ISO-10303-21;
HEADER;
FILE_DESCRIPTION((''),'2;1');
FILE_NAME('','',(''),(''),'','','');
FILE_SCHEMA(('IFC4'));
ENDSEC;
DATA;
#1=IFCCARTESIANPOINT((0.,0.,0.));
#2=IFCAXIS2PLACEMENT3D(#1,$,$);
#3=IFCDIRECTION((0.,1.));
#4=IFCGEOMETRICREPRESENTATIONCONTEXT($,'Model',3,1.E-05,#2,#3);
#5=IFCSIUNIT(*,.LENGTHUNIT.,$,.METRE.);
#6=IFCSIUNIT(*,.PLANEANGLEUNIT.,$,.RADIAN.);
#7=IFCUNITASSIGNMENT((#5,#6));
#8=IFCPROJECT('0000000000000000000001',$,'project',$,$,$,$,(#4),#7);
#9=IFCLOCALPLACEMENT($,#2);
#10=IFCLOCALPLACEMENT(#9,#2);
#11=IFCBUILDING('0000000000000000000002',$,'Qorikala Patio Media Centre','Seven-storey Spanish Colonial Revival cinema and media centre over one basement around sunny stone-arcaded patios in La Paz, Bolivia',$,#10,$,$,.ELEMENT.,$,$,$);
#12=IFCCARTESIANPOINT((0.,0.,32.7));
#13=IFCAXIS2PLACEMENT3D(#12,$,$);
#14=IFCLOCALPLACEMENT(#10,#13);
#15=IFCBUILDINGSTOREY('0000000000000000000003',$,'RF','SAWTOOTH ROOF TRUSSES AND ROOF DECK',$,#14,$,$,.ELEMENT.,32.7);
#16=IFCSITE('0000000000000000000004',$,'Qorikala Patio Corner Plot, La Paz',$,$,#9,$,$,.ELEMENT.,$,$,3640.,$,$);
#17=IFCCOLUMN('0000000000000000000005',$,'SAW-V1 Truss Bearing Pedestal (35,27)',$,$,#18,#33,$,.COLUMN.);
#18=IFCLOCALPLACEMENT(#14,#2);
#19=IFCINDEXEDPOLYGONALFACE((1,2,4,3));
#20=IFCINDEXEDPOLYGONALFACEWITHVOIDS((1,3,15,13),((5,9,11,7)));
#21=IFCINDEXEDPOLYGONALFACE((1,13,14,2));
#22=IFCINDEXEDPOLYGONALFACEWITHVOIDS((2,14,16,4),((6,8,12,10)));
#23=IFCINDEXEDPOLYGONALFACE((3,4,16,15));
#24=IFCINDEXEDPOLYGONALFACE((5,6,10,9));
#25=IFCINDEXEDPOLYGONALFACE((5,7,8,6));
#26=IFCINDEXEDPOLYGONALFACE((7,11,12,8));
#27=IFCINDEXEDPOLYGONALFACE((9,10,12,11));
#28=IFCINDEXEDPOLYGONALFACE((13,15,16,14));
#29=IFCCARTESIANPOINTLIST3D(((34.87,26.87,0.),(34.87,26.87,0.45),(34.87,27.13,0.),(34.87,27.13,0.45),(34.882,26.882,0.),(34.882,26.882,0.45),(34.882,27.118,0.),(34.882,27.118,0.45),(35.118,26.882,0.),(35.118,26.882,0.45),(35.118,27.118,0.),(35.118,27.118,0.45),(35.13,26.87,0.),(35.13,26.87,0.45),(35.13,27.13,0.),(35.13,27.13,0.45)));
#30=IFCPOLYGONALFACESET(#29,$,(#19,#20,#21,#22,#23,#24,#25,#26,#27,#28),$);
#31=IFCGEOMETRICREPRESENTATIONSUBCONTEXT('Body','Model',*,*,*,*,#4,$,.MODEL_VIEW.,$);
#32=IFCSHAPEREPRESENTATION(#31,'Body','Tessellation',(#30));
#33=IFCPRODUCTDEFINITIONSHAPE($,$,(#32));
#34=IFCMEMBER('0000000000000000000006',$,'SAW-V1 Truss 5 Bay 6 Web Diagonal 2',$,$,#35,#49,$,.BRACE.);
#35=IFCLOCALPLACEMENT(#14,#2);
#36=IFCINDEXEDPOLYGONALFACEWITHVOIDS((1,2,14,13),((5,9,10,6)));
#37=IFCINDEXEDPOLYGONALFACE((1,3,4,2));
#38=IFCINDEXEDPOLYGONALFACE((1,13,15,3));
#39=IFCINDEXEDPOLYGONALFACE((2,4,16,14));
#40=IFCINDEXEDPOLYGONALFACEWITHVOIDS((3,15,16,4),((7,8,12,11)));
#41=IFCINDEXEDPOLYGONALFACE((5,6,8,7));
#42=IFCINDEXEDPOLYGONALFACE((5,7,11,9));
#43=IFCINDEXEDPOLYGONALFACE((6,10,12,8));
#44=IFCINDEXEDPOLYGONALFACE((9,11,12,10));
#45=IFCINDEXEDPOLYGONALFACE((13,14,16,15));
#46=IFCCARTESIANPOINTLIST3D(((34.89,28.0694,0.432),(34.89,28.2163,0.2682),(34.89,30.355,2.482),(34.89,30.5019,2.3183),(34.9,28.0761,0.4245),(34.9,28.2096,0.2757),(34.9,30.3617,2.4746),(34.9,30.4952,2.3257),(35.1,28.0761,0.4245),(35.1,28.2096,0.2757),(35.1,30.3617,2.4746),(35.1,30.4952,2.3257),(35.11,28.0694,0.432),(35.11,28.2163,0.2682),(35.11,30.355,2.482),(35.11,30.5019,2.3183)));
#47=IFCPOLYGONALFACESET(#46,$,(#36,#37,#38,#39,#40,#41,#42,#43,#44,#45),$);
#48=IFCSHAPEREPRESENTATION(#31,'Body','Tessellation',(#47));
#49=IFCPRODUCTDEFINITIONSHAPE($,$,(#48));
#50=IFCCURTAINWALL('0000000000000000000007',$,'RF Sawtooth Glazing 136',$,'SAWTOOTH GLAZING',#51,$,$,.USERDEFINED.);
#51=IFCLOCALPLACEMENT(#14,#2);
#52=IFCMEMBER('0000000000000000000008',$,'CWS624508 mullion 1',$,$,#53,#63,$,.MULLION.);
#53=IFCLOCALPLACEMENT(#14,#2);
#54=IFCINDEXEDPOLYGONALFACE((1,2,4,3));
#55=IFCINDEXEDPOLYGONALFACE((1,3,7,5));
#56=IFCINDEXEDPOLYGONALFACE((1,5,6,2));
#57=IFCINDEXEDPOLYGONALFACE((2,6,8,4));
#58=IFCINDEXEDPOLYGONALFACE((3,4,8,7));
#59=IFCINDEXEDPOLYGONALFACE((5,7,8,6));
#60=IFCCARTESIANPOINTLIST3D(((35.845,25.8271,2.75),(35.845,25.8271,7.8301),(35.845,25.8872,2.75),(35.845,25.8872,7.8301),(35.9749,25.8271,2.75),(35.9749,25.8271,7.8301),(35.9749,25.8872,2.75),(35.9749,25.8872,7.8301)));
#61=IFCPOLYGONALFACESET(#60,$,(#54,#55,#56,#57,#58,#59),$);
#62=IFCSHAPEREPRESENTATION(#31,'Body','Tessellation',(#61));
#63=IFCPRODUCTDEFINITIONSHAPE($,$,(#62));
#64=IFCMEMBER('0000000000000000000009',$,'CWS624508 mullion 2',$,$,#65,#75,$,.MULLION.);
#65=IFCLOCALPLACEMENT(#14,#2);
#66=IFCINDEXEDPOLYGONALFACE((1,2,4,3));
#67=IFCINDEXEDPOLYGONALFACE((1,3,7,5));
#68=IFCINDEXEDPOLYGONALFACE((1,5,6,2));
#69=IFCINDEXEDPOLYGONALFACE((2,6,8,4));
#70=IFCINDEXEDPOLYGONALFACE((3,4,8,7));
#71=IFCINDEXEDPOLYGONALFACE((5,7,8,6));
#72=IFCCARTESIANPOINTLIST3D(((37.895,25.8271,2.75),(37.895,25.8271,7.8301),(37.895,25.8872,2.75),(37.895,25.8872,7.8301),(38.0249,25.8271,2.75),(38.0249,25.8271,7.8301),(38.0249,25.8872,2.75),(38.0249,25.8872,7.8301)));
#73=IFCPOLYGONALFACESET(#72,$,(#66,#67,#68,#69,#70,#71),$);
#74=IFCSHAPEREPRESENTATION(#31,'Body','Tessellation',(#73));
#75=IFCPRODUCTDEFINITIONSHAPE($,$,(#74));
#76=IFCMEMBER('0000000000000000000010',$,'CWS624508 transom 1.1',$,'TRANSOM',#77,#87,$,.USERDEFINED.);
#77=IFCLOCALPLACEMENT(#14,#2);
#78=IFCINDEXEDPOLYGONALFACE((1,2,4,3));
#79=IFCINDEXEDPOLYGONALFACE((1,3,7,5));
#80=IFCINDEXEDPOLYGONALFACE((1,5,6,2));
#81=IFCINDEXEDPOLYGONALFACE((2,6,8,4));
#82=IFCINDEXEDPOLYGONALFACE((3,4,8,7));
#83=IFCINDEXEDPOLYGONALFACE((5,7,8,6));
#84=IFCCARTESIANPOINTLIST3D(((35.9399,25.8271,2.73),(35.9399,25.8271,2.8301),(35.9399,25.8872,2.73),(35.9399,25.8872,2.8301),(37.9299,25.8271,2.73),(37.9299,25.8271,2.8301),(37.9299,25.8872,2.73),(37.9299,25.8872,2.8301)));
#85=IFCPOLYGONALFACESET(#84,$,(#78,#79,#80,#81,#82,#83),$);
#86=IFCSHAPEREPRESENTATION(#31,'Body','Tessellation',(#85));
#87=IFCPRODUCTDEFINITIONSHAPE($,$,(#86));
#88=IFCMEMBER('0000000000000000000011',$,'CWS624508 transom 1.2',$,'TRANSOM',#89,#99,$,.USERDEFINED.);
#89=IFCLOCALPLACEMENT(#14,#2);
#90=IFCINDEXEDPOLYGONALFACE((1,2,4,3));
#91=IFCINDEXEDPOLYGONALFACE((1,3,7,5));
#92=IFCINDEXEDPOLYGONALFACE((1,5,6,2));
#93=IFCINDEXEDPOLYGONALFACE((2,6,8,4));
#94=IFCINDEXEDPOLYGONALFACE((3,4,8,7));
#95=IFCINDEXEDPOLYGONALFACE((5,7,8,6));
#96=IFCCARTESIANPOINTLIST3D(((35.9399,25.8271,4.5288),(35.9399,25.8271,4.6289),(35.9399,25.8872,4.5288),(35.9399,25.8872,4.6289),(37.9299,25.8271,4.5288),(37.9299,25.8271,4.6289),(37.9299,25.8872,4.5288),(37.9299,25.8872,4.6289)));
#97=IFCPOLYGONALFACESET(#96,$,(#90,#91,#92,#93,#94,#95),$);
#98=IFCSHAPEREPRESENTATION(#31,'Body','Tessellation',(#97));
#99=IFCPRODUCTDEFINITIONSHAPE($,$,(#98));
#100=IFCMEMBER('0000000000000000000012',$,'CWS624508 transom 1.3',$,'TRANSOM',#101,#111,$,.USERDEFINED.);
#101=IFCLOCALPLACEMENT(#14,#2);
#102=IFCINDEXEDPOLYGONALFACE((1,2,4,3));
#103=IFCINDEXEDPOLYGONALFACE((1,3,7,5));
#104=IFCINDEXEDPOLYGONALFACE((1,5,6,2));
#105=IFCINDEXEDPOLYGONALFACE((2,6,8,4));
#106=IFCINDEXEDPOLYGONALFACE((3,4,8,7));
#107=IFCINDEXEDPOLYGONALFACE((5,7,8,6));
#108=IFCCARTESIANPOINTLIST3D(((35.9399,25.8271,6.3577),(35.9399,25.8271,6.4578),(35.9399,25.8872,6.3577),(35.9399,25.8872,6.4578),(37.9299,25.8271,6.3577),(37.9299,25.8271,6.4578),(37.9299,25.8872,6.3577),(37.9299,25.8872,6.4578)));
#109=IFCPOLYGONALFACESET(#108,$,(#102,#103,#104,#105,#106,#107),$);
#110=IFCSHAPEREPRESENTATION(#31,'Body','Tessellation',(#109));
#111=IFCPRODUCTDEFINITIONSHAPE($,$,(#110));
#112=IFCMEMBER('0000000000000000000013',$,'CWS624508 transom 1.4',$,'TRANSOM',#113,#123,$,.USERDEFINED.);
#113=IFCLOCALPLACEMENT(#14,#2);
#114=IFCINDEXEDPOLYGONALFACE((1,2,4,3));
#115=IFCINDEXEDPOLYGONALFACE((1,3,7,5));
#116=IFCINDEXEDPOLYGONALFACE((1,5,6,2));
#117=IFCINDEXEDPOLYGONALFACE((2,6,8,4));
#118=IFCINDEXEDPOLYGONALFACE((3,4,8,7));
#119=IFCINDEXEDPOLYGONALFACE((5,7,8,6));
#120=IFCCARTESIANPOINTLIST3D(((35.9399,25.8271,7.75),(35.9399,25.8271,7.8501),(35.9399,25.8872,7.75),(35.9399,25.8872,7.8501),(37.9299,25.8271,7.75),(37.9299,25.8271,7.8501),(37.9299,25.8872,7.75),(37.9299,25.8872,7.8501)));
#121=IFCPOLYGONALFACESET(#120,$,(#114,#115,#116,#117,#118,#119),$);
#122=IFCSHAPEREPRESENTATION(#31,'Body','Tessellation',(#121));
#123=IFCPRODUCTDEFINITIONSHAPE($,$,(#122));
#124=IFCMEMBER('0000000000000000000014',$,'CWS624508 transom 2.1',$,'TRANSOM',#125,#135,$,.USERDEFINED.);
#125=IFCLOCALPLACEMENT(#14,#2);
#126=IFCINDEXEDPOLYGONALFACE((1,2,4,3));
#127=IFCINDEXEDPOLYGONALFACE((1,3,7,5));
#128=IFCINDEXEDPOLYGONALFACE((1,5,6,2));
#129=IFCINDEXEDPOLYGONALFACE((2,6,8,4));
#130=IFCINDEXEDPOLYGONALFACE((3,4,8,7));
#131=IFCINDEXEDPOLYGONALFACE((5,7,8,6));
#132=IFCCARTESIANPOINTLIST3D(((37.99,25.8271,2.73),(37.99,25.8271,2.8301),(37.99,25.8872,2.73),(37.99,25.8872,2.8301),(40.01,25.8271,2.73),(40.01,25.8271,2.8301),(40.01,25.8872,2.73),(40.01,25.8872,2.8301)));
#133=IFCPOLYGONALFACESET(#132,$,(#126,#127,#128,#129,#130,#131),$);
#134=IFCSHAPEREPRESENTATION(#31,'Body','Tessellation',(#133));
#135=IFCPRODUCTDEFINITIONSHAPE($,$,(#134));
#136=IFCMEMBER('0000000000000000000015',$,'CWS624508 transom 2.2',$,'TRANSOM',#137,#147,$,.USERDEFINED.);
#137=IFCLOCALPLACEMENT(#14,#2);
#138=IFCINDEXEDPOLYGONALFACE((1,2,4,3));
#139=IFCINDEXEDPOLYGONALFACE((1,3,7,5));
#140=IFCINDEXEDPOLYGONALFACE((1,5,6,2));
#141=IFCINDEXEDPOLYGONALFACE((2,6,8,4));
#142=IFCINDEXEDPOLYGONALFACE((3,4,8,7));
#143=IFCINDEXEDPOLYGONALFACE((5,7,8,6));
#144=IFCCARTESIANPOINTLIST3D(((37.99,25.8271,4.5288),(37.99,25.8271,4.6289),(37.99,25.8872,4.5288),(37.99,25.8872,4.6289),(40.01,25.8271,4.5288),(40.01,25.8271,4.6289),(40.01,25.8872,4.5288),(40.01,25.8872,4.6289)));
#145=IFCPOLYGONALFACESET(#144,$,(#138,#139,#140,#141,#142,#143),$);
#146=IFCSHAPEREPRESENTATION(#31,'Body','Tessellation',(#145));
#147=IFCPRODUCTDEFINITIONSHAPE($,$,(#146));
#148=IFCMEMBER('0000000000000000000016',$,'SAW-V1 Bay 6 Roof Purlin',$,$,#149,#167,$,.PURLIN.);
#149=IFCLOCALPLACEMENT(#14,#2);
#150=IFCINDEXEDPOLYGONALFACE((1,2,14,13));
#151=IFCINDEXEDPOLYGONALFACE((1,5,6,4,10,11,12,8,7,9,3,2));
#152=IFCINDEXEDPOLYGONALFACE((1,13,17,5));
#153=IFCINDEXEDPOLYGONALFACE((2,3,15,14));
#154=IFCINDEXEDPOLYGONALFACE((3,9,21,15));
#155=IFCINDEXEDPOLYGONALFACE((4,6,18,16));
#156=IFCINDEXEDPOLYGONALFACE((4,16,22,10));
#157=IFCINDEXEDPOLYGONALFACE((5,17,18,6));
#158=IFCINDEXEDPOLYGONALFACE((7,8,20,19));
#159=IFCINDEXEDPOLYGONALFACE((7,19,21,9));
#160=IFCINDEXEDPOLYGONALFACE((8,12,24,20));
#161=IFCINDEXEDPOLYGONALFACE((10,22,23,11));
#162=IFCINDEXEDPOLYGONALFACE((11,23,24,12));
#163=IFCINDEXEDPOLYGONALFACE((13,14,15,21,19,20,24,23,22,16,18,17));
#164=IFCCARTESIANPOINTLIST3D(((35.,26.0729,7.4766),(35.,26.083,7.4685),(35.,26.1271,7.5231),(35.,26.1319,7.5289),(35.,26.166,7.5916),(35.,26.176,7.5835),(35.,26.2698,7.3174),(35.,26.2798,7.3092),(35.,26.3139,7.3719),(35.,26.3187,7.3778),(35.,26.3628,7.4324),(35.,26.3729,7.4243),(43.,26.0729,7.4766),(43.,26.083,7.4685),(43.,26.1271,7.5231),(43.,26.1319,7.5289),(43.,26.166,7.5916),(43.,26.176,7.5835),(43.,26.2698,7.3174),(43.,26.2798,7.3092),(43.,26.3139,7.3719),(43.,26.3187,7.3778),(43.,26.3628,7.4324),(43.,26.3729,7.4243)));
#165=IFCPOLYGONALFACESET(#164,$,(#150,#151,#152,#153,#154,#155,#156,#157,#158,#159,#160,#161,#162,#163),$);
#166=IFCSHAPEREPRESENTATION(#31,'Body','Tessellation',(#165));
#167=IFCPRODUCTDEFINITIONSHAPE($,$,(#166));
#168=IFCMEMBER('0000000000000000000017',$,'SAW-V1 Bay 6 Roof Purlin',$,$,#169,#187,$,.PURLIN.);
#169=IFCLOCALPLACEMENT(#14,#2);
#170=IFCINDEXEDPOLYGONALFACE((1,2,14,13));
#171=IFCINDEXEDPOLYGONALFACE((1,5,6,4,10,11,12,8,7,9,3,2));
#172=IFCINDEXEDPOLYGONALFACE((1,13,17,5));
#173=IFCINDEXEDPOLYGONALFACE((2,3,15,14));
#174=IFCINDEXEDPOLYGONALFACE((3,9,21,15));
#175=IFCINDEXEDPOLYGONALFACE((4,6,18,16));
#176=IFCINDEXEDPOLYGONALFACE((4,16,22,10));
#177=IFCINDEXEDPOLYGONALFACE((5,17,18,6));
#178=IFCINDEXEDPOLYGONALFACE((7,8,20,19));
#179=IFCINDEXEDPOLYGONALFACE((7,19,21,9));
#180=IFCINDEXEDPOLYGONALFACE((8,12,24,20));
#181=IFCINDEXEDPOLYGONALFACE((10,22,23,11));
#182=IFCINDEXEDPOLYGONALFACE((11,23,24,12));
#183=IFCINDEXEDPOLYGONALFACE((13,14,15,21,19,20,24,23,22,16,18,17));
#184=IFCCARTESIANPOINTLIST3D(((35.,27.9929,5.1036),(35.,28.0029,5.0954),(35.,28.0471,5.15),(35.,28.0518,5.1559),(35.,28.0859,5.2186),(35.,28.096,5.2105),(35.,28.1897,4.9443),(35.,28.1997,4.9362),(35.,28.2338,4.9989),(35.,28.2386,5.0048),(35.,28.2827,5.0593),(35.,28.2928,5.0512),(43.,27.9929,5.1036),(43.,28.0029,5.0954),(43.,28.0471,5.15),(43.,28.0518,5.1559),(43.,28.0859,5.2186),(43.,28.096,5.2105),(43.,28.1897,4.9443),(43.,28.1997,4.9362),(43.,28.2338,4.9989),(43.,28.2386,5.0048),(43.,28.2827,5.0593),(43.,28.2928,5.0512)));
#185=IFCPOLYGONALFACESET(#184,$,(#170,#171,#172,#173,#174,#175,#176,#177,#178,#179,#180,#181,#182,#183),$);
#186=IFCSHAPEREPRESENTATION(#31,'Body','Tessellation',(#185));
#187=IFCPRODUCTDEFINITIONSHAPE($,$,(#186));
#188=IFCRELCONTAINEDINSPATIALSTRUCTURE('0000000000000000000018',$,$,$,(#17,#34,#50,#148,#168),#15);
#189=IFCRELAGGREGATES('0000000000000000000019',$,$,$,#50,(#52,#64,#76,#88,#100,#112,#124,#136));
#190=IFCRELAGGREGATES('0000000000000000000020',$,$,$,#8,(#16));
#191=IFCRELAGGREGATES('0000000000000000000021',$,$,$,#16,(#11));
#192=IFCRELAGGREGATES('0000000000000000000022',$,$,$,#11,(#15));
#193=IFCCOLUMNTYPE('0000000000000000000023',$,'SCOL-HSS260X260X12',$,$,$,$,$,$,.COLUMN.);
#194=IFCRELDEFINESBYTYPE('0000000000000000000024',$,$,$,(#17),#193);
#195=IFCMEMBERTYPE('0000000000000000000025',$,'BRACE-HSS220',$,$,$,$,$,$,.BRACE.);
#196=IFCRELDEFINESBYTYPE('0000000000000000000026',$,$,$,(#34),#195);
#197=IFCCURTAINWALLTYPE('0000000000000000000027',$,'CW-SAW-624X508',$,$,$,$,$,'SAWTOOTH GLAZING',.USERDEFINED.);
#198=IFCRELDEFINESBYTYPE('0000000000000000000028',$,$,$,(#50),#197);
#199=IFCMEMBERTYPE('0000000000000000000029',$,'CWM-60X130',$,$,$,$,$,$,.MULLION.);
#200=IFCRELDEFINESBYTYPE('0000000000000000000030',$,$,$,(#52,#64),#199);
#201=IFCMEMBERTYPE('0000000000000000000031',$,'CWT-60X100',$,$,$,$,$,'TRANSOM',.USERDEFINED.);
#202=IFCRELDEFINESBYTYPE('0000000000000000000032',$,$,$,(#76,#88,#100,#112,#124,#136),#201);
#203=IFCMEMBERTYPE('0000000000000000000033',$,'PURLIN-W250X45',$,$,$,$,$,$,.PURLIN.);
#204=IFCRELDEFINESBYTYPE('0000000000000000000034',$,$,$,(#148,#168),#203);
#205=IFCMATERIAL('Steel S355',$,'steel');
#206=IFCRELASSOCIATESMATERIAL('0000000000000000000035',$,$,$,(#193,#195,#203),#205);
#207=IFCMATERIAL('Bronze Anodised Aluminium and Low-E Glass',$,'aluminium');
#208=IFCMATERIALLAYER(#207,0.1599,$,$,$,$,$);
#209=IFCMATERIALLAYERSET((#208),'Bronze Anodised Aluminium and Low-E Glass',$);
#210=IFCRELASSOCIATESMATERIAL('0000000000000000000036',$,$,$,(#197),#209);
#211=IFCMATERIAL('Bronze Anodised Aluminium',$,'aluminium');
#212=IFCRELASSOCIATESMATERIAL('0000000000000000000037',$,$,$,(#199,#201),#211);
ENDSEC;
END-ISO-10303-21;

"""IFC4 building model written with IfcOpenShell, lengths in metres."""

from ifc_helpers import new_model, si_unit, direction, frame, origin, origin_2d, place, context, subcontext, project, spatial, rectangle, hollow_rectangle, i_section, extrude, material, layer, layer_set, material_profile, profile_set, type_object, element, aggregate, save


model = new_model("IFC4")

# Units and contexts
model_context = context("Model", 3, precision=1e-05, world=origin(), true_north=direction((0.0, 1.0)))
body_context = subcontext(model_context, "Body", "Model", "MODEL_VIEW")
ifc_project = project(units=[si_unit("LENGTHUNIT", "METRE"), si_unit("PLANEANGLEUNIT", "RADIAN")], contexts=[model_context])

# Site, building, storey
site_placement = place(None, origin())
site = spatial("IfcSite", under=ifc_project, at=site_placement, Name="Qorikala Patio Corner Plot, La Paz", CompositionType="ELEMENT", RefElevation=3640.0)
building_placement = place(site_placement, origin())
building = spatial("IfcBuilding", under=site, at=building_placement, Name="Qorikala Patio Media Centre", Description="Seven-storey Spanish Colonial Revival cinema and media centre over one basement around sunny stone-arcaded patios in La Paz, Bolivia", CompositionType="ELEMENT")
storey_placement = place(building_placement, frame((0.0, 0.0, 32.7)))
storey = spatial("IfcBuildingStorey", under=building, at=storey_placement, Name="RF", Description="SAWTOOTH ROOF TRUSSES AND ROOF DECK", CompositionType="ELEMENT", Elevation=32.7)

# Column
ifc_material_1 = material(Name="Steel S355", Category="steel")
ifc_material_profile_1 = material_profile(ifc_material_1, hollow_rectangle(XDim=0.26, YDim=0.26, WallThickness=0.012, at=origin_2d()), Name="HSS260X260X12")
ifc_profile_set_1 = profile_set([ifc_material_profile_1], Name="Steel S355")
column_type = type_object("IfcColumnType", Name="SCOL-HSS260X260X12", PredefinedType="COLUMN", material=ifc_profile_set_1)
column_placement = place(storey_placement, frame((35.0, 27.0, 0.0), z_axis=(0.0, 0.0, 1.0), x_axis=(1.0, 0.0, 0.0)))
element("IfcColumn", 1, at=column_placement, inside=storey, type_object=column_type, Name="SAW-V1 Truss Bearing Pedestal (35,27)", PredefinedType="COLUMN", context=body_context, shape_type="SweptSolid", body=[
    extrude(hollow_rectangle(XDim=0.26, YDim=0.26, WallThickness=0.012, at=origin_2d()), origin(), (0.0, 0.0, 1.0), 0.45),
])

# Member
ifc_material_profile_2 = material_profile(ifc_material_1, hollow_rectangle(XDim=0.22, YDim=0.22, WallThickness=0.01, at=origin_2d()), Name="HSS220X220X10")
ifc_profile_set_2 = profile_set([ifc_material_profile_2], Name="Steel S355")
member_type_1 = type_object("IfcMemberType", Name="BRACE-HSS220", PredefinedType="BRACE", material=ifc_profile_set_2)
member_1_placement = place(storey_placement, frame((35.0, 28.1428, 0.3501), z_axis=(0.0, 0.744432, 0.667699), x_axis=(-1.0, 0.0, 0.0)))
element("IfcMember", 2, at=member_1_placement, inside=storey, type_object=member_type_1, Name="SAW-V1 Truss 5 Bay 6 Web Diagonal 2", PredefinedType="BRACE", context=body_context, shape_type="SweptSolid", body=[
    extrude(hollow_rectangle(XDim=0.22, YDim=0.22, WallThickness=0.01, at=origin_2d()), origin(), (0.0, 0.0, 1.0), 3.0703),
])

# Curtain wall, members
ifc_material_2 = material(Name="Bronze Anodised Aluminium and Low-E Glass", Category="aluminium")
ifc_layer_1 = layer(ifc_material_2, 0.1599)
ifc_layer_set_1 = layer_set([ifc_layer_1], Name="Bronze Anodised Aluminium and Low-E Glass")
curtain_wall_type = type_object("IfcCurtainWallType", Name="CW-SAW-624X508", ElementType="SAWTOOTH GLAZING", PredefinedType="USERDEFINED", material=ifc_layer_set_1)
curtain_wall_placement = place(storey_placement, origin())
curtain_wall = element("IfcCurtainWall", 3, at=curtain_wall_placement, inside=storey, type_object=curtain_wall_type, Name="RF Sawtooth Glazing 136", ObjectType="SAWTOOTH GLAZING", PredefinedType="USERDEFINED")
ifc_material_3 = material(Name="Bronze Anodised Aluminium", Category="aluminium")
ifc_material_profile_3 = material_profile(ifc_material_3, rectangle(XDim=0.0601, YDim=0.1299, at=origin_2d()), Name="ALU MULLION 60x130")
ifc_profile_set_3 = profile_set([ifc_material_profile_3], Name="Bronze Anodised Aluminium")
member_type_2 = type_object("IfcMemberType", Name="CWM-60X130", PredefinedType="MULLION", material=ifc_profile_set_3)
member_2_placement = place(storey_placement, frame((35.9099, 25.8572, 2.75), z_axis=(0.0, 0.0, 1.0), x_axis=(0.0, 1.0, 0.0)))
member_2 = element("IfcMember", 4, at=member_2_placement, type_object=member_type_2, Name="CWS624508 mullion 1", PredefinedType="MULLION", context=body_context, shape_type="SweptSolid", body=[
    extrude(rectangle(XDim=0.0601, YDim=0.1299, at=origin_2d()), origin(), (0.0, 0.0, 1.0), 5.0801),
])
member_3_placement = place(storey_placement, frame((37.96, 25.8572, 2.75), z_axis=(0.0, 0.0, 1.0), x_axis=(0.0, 1.0, 0.0)))
member_3 = element("IfcMember", 5, at=member_3_placement, type_object=member_type_2, Name="CWS624508 mullion 2", PredefinedType="MULLION", context=body_context, shape_type="SweptSolid", body=[
    extrude(rectangle(XDim=0.0601, YDim=0.1299, at=origin_2d()), origin(), (0.0, 0.0, 1.0), 5.0801),
])
ifc_material_profile_4 = material_profile(ifc_material_3, rectangle(XDim=0.0601, YDim=0.1001, at=origin_2d()), Name="ALU TRANSOM 60x100")
ifc_profile_set_4 = profile_set([ifc_material_profile_4], Name="Bronze Anodised Aluminium")
member_type_3 = type_object("IfcMemberType", Name="CWT-60X100", ElementType="TRANSOM", PredefinedType="USERDEFINED", material=ifc_profile_set_4)
member_4_placement = place(storey_placement, frame((35.9399, 25.8572, 2.78), z_axis=(1.0, 0.0, 0.0), x_axis=(0.0, 1.0, 0.0)))
member_4 = element("IfcMember", 6, at=member_4_placement, type_object=member_type_3, Name="CWS624508 transom 1.1", ObjectType="TRANSOM", PredefinedType="USERDEFINED", context=body_context, shape_type="SweptSolid", body=[
    extrude(rectangle(XDim=0.0601, YDim=0.1001, at=origin_2d()), origin(), (0.0, 0.0, 1.0), 1.99),
])
member_5_placement = place(storey_placement, frame((35.9399, 25.8572, 4.5789), z_axis=(1.0, 0.0, 0.0), x_axis=(0.0, 1.0, 0.0)))
member_5 = element("IfcMember", 7, at=member_5_placement, type_object=member_type_3, Name="CWS624508 transom 1.2", ObjectType="TRANSOM", PredefinedType="USERDEFINED", context=body_context, shape_type="SweptSolid", body=[
    extrude(rectangle(XDim=0.0601, YDim=0.1001, at=origin_2d()), origin(), (0.0, 0.0, 1.0), 1.99),
])
member_6_placement = place(storey_placement, frame((35.9399, 25.8572, 6.4077), z_axis=(1.0, 0.0, 0.0), x_axis=(0.0, 1.0, 0.0)))
member_6 = element("IfcMember", 8, at=member_6_placement, type_object=member_type_3, Name="CWS624508 transom 1.3", ObjectType="TRANSOM", PredefinedType="USERDEFINED", context=body_context, shape_type="SweptSolid", body=[
    extrude(rectangle(XDim=0.0601, YDim=0.1001, at=origin_2d()), origin(), (0.0, 0.0, 1.0), 1.99),
])
member_7_placement = place(storey_placement, frame((35.9399, 25.8572, 7.8), z_axis=(1.0, 0.0, 0.0), x_axis=(0.0, 1.0, 0.0)))
member_7 = element("IfcMember", 9, at=member_7_placement, type_object=member_type_3, Name="CWS624508 transom 1.4", ObjectType="TRANSOM", PredefinedType="USERDEFINED", context=body_context, shape_type="SweptSolid", body=[
    extrude(rectangle(XDim=0.0601, YDim=0.1001, at=origin_2d()), origin(), (0.0, 0.0, 1.0), 1.99),
])
member_8_placement = place(storey_placement, frame((37.99, 25.8572, 2.78), z_axis=(1.0, 0.0, 0.0), x_axis=(0.0, 1.0, 0.0)))
member_8 = element("IfcMember", 10, at=member_8_placement, type_object=member_type_3, Name="CWS624508 transom 2.1", ObjectType="TRANSOM", PredefinedType="USERDEFINED", context=body_context, shape_type="SweptSolid", body=[
    extrude(rectangle(XDim=0.0601, YDim=0.1001, at=origin_2d()), origin(), (0.0, 0.0, 1.0), 2.02),
])
member_9_placement = place(storey_placement, frame((37.99, 25.8572, 4.5789), z_axis=(1.0, 0.0, 0.0), x_axis=(0.0, 1.0, 0.0)))
member_9 = element("IfcMember", 11, at=member_9_placement, type_object=member_type_3, Name="CWS624508 transom 2.2", ObjectType="TRANSOM", PredefinedType="USERDEFINED", context=body_context, shape_type="SweptSolid", body=[
    extrude(rectangle(XDim=0.0601, YDim=0.1001, at=origin_2d()), origin(), (0.0, 0.0, 1.0), 2.02),
])

# Members
ifc_material_profile_5 = material_profile(ifc_material_1, i_section(OverallWidth=0.1479, OverallDepth=0.2661, WebThickness=0.0076, FlangeThickness=0.0129, at=origin_2d()), Name="W250X45")
ifc_profile_set_5 = profile_set([ifc_material_profile_5], Name="Steel S355")
member_type_4 = type_object("IfcMemberType", Name="PURLIN-W250X45", PredefinedType="PURLIN", material=ifc_profile_set_5)
for number, where, z_axis, x_axis, name in (
    (12, (35.0, 26.2229, 7.4504), (1.0, 0.0, 0.0), (0.0, 0.628995, 0.77741), "SAW-V1 Bay 6 Roof Purlin"),
    (13, (35.0, 28.1428, 5.0774), (1.0, 0.0, 0.0), (0.0, 0.628995, 0.77741), "SAW-V1 Bay 6 Roof Purlin"),
):
    element("IfcMember", number, at=place(storey_placement, frame(where, z_axis=z_axis, x_axis=x_axis)), inside=storey, type_object=member_type_4, Name=name, PredefinedType="PURLIN", context=body_context, shape_type="SweptSolid", body=[
        extrude(i_section(OverallWidth=0.1479, OverallDepth=0.2661, WebThickness=0.0076, FlangeThickness=0.0129, at=origin_2d()), origin(), (0.0, 0.0, 1.0), 8.0),
    ])

aggregate(curtain_wall, [member_2, member_3, member_4, member_5, member_6, member_7, member_8, member_9])

save(model, "model.ifc")
